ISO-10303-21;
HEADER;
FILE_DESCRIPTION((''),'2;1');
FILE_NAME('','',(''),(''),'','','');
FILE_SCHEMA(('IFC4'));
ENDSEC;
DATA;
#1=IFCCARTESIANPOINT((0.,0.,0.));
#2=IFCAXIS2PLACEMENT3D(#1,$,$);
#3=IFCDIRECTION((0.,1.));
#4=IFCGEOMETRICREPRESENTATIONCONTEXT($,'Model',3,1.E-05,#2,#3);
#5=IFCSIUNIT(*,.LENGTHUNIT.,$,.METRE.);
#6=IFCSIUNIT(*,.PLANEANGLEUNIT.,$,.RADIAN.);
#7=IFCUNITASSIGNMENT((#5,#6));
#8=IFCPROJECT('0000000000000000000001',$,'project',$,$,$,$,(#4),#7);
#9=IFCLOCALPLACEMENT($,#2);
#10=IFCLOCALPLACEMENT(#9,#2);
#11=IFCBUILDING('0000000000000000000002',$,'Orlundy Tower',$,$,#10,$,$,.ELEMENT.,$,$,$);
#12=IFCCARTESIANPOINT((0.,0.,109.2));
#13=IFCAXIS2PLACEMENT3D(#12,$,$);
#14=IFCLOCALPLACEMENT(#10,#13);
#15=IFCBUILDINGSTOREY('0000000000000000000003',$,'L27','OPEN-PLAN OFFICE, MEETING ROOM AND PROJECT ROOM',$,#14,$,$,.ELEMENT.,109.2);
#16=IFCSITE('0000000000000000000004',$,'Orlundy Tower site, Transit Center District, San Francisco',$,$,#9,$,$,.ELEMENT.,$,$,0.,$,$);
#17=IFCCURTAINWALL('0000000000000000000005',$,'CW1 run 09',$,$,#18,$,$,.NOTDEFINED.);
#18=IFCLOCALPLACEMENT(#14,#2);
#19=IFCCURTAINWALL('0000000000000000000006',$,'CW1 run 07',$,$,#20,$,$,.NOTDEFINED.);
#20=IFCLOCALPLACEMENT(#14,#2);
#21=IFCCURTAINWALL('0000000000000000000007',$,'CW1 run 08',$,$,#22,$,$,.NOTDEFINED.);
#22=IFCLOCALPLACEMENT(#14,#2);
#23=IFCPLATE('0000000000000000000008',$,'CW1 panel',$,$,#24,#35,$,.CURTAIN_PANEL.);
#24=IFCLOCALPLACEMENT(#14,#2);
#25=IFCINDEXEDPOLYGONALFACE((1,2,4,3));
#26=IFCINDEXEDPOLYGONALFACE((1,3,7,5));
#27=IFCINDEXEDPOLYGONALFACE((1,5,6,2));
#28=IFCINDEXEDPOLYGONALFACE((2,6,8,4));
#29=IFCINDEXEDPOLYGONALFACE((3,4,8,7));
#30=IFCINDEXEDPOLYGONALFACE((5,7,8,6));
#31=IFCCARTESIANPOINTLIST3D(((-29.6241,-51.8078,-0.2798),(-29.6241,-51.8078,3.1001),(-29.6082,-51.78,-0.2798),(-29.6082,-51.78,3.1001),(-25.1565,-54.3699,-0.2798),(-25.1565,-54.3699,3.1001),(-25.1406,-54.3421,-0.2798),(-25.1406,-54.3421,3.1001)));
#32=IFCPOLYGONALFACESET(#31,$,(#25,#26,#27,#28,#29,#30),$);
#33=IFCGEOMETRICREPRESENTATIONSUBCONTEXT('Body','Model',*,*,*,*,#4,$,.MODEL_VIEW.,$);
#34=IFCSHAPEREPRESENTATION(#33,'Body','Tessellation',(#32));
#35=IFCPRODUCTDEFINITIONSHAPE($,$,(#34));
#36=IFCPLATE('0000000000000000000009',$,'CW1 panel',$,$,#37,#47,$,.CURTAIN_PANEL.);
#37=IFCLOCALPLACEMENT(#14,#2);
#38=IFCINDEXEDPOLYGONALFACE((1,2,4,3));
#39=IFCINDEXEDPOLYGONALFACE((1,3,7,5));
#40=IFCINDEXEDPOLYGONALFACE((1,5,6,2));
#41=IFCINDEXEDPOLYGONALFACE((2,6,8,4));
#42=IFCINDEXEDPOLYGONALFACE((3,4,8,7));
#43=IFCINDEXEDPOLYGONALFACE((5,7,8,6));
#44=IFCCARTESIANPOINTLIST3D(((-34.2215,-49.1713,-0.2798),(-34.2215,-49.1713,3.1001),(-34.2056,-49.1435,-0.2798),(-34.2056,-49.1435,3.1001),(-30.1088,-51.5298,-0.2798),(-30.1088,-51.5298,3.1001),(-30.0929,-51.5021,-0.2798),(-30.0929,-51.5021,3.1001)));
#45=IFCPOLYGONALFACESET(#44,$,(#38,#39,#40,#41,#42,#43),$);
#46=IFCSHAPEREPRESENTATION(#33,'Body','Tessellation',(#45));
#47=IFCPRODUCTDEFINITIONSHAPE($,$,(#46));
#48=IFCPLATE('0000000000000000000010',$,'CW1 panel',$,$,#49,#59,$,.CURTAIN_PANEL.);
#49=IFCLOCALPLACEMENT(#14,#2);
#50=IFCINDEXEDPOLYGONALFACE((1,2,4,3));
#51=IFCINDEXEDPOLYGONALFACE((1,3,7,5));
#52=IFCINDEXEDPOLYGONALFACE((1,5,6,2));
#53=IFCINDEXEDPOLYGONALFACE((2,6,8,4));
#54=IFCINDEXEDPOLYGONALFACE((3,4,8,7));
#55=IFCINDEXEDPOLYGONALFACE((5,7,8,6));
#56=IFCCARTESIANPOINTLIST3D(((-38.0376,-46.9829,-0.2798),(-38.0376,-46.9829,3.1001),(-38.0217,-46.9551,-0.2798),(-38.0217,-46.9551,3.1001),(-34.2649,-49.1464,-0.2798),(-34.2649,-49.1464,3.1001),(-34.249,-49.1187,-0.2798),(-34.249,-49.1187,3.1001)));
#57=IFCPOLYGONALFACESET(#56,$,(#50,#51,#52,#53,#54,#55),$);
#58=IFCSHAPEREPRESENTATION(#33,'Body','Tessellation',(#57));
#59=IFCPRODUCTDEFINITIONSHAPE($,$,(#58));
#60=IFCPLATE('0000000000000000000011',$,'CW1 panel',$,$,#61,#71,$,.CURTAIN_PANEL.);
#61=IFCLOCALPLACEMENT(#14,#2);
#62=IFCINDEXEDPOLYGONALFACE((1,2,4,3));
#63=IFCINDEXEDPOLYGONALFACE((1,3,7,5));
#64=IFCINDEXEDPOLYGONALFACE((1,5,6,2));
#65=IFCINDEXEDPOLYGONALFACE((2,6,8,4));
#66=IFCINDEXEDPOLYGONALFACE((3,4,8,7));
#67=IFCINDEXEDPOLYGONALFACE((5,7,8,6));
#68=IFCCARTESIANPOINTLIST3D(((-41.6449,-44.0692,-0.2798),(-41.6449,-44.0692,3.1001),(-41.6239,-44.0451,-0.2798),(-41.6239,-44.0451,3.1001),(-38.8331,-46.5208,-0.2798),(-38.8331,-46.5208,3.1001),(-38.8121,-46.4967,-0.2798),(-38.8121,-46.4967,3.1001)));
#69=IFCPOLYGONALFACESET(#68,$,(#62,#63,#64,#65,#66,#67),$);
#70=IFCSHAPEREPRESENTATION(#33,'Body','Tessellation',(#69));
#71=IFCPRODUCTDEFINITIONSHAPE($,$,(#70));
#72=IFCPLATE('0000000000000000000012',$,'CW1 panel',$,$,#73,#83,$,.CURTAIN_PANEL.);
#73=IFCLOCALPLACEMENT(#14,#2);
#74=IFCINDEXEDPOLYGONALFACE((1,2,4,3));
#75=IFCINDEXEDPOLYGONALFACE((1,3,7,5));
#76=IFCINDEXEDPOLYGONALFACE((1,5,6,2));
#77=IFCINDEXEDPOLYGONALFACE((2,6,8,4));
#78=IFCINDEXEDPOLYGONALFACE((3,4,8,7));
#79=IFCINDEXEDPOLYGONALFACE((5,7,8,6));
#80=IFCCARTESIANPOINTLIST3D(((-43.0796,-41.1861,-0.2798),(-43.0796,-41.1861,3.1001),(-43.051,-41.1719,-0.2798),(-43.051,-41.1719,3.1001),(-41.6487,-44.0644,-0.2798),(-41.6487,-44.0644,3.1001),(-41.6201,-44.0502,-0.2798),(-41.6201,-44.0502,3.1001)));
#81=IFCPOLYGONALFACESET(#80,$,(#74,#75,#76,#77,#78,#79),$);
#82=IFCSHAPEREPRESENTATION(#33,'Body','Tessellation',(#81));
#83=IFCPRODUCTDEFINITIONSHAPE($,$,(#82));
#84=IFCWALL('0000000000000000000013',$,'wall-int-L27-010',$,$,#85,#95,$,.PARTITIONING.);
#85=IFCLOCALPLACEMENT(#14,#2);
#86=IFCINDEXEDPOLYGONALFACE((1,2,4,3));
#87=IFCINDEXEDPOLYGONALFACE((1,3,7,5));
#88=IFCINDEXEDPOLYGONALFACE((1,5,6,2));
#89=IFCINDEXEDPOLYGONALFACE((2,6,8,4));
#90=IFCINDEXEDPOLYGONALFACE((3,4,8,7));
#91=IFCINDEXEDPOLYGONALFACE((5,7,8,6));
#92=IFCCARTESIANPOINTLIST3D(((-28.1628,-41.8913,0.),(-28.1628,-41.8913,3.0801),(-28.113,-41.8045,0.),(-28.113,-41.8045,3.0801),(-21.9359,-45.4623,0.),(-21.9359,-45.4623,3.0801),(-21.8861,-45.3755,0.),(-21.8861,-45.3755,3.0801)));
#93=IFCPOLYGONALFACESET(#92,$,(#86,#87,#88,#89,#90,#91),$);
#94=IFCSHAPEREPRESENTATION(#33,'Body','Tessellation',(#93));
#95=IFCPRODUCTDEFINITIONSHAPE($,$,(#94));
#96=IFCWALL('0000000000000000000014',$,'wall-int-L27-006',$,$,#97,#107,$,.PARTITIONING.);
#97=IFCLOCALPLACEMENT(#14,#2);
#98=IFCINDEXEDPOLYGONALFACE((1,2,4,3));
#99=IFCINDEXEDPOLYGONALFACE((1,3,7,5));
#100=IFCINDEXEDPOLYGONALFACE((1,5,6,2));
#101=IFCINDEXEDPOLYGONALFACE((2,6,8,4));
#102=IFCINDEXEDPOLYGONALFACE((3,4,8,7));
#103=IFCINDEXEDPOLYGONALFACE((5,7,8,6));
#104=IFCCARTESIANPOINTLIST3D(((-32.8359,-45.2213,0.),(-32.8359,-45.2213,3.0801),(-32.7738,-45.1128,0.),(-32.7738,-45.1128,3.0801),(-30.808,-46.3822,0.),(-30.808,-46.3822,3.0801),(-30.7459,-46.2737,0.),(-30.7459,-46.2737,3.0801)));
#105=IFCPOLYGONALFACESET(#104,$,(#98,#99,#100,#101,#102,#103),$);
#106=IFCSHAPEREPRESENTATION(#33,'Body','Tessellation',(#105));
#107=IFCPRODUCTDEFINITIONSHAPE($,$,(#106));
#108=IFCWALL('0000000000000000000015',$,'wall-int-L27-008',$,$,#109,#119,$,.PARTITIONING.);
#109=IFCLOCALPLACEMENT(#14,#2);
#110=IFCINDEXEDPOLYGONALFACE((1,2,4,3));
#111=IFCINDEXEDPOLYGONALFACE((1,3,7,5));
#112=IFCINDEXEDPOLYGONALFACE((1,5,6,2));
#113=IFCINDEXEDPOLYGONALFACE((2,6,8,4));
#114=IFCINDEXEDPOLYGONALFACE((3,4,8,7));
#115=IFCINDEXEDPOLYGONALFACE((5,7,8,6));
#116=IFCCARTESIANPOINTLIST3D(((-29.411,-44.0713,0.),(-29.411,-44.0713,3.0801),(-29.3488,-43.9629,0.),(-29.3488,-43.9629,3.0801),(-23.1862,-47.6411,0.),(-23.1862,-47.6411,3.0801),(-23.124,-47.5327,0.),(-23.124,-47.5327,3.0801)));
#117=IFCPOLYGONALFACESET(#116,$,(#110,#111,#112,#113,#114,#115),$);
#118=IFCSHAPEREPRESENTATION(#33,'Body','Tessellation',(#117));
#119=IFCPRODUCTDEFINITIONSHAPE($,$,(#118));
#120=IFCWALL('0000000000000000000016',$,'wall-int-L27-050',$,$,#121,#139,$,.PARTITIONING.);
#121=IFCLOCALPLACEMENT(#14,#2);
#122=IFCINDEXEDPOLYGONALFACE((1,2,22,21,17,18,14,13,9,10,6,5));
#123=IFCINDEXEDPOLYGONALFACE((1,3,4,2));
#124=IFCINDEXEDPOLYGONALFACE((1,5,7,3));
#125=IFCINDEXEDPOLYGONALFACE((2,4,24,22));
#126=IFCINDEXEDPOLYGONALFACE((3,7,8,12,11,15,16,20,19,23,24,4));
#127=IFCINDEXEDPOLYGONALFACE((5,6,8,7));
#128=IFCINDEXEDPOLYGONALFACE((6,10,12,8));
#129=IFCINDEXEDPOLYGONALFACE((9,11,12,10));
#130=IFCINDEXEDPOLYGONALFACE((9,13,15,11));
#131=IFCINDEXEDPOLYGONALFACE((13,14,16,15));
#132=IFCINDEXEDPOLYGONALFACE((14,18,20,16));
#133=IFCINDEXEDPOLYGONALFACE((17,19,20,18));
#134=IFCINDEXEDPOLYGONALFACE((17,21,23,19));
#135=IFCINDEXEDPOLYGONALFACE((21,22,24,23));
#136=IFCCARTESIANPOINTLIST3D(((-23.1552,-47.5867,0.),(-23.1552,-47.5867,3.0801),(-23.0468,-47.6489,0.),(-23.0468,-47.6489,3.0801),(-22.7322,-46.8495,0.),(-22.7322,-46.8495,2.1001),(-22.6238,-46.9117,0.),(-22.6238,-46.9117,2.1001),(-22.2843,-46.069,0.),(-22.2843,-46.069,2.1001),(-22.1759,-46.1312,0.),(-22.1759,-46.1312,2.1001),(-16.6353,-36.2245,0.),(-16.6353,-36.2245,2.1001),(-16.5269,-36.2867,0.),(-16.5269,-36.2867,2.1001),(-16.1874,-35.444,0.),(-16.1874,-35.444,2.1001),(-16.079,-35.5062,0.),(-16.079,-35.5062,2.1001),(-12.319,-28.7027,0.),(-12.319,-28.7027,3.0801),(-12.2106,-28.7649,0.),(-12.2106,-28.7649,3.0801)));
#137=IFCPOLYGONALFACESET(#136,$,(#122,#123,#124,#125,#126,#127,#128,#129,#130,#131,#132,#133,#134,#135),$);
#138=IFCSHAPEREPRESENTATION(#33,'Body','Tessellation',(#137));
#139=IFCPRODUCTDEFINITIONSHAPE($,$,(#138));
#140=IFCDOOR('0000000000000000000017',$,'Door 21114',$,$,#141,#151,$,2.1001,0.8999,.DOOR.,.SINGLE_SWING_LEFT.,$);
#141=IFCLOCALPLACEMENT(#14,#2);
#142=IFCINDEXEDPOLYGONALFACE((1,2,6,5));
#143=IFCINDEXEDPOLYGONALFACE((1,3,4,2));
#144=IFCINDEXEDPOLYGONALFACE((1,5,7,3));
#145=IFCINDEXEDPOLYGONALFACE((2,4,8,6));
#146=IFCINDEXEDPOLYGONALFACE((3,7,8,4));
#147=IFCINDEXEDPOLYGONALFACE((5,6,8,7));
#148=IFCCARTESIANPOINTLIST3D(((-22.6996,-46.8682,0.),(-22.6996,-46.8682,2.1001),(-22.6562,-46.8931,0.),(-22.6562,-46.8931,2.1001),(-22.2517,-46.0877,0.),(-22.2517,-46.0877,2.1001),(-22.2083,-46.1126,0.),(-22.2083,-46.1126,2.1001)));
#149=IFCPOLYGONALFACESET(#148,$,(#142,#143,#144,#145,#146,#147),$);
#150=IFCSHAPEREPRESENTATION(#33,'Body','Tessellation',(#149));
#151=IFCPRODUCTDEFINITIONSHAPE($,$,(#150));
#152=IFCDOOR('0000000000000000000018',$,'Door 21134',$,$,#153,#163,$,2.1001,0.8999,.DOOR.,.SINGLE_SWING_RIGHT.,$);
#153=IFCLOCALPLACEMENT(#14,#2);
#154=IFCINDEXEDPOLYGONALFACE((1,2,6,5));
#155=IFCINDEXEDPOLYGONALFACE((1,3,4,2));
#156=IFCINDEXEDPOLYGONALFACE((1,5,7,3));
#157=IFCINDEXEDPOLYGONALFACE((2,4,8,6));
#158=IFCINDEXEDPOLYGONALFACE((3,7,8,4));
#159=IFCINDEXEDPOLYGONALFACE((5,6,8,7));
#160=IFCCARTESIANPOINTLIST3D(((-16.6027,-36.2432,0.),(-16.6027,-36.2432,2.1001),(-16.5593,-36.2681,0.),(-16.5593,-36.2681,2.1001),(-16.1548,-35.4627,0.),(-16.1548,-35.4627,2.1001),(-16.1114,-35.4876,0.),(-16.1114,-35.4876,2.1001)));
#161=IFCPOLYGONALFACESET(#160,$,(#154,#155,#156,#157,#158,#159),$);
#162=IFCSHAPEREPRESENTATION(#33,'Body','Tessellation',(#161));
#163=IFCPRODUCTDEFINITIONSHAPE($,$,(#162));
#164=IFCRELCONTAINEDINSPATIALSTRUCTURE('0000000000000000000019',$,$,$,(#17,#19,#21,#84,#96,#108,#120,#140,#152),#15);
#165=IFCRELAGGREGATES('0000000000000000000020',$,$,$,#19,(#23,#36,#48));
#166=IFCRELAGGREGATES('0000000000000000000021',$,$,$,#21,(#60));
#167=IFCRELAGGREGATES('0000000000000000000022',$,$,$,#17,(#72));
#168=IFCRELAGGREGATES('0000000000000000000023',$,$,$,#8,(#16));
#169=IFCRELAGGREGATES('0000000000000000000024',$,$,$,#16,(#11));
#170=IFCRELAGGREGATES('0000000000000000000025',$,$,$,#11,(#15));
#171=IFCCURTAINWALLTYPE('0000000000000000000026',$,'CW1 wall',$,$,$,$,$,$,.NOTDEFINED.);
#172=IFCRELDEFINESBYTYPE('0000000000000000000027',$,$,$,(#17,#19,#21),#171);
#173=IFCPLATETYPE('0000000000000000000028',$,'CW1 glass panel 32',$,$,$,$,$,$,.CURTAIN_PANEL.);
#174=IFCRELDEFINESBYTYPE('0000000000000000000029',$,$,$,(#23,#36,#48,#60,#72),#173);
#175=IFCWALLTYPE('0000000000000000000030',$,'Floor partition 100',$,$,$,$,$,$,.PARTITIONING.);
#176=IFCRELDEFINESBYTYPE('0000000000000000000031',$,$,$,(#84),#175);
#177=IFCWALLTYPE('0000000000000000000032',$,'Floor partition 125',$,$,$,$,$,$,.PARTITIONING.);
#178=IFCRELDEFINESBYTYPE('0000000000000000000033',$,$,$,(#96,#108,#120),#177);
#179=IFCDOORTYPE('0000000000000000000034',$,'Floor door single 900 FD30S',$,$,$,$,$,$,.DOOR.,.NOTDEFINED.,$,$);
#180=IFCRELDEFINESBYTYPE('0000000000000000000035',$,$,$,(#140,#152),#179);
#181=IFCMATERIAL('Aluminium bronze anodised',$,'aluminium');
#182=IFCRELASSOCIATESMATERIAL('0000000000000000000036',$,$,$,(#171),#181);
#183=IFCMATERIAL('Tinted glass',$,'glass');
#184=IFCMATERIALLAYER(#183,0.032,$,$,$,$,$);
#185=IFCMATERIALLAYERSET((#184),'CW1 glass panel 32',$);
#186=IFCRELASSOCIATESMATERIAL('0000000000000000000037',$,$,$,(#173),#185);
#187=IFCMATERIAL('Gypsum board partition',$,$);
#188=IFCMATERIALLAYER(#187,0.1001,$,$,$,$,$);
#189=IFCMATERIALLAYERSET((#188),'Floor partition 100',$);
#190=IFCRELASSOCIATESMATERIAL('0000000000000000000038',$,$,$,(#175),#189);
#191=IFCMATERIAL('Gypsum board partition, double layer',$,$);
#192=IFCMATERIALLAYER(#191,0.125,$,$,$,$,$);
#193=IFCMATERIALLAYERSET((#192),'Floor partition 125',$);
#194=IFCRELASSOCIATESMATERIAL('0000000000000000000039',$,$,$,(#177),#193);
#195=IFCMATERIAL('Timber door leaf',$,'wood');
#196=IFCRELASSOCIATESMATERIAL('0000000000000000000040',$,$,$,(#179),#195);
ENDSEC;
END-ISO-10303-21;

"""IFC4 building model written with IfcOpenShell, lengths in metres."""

from ifc_helpers import new_model, si_unit, direction, frame, frame_2d, origin, origin_2d, place, context, subcontext, project, spatial, rectangle, extrude, material, layer, layer_set, type_object, element, fill, aggregate, save


model = new_model("IFC4")

# Units and contexts
model_context = context("Model", 3, precision=1e-05, world=origin(), true_north=direction((0.0, 1.0)))
body_context = subcontext(model_context, "Body", "Model", "MODEL_VIEW")
ifc_project = project(units=[si_unit("LENGTHUNIT", "METRE"), si_unit("PLANEANGLEUNIT", "RADIAN")], contexts=[model_context])

# Site, building, storey
site_placement = place(None, origin())
site = spatial("IfcSite", under=ifc_project, at=site_placement, Name="Orlundy Tower site, Transit Center District, San Francisco", CompositionType="ELEMENT", RefElevation=0.0)
building_placement = place(site_placement, origin())
building = spatial("IfcBuilding", under=site, at=building_placement, Name="Orlundy Tower", CompositionType="ELEMENT")
storey_placement = place(building_placement, frame((0.0, 0.0, 109.2)))
storey = spatial("IfcBuildingStorey", under=building, at=storey_placement, Name="L27", Description="OPEN-PLAN OFFICE, MEETING ROOM AND PROJECT ROOM", CompositionType="ELEMENT", Elevation=109.2)

# Curtain wall
ifc_material_1 = material(Name="Aluminium bronze anodised", Category="aluminium")
curtain_wall_type = type_object("IfcCurtainWallType", Name="CW1 wall", PredefinedType="NOTDEFINED", material=ifc_material_1)
curtain_wall_1_placement = place(storey_placement, origin())
curtain_wall_1 = element("IfcCurtainWall", 1, at=curtain_wall_1_placement, inside=storey, type_object=curtain_wall_type, Name="CW1 run 09", PredefinedType="NOTDEFINED")

# Curtain wall
curtain_wall_2_placement = place(storey_placement, origin())
curtain_wall_2 = element("IfcCurtainWall", 2, at=curtain_wall_2_placement, inside=storey, type_object=curtain_wall_type, Name="CW1 run 07", PredefinedType="NOTDEFINED")

# Curtain wall
curtain_wall_3_placement = place(storey_placement, origin())
curtain_wall_3 = element("IfcCurtainWall", 3, at=curtain_wall_3_placement, inside=storey, type_object=curtain_wall_type, Name="CW1 run 08", PredefinedType="NOTDEFINED")

# Plates
ifc_material_2 = material(Name="Tinted glass", Category="glass")
ifc_layer_1 = layer(ifc_material_2, 0.032)
ifc_layer_set_1 = layer_set([ifc_layer_1], Name="CW1 glass panel 32")
plate_type = type_object("IfcPlateType", Name="CW1 glass panel 32", PredefinedType="CURTAIN_PANEL", material=ifc_layer_set_1)
plate_1_placement = place(storey_placement, frame((-27.3823, -53.075, -0.2798), z_axis=(0.0, 0.0, 1.0), x_axis=(-0.867477, 0.497477, 0.0)))
plate_1 = element("IfcPlate", 4, at=plate_1_placement, type_object=plate_type, Name="CW1 panel", PredefinedType="CURTAIN_PANEL", context=body_context, shape_type="SweptSolid", body=[
    extrude(rectangle(XDim=5.1501, YDim=0.032, at=origin_2d()), origin(), (0.0, 0.0, 1.0), 3.3799),
])
plate_2_placement = place(storey_placement, frame((-32.1572, -50.3367, -0.2798), z_axis=(0.0, 0.0, 1.0), x_axis=(-0.867477, 0.497477, 0.0)))
plate_2 = element("IfcPlate", 5, at=plate_2_placement, type_object=plate_type, Name="CW1 panel", PredefinedType="CURTAIN_PANEL", context=body_context, shape_type="SweptSolid", body=[
    extrude(rectangle(XDim=4.741, YDim=0.032, at=origin_2d()), origin(), (0.0, 0.0, 1.0), 3.3799),
])
plate_3_placement = place(storey_placement, frame((-36.1433, -48.0508, -0.2798), z_axis=(0.0, 0.0, 1.0), x_axis=(-0.867477, 0.497477, 0.0)))
plate_3 = element("IfcPlate", 6, at=plate_3_placement, type_object=plate_type, Name="CW1 panel", PredefinedType="CURTAIN_PANEL", context=body_context, shape_type="SweptSolid", body=[
    extrude(rectangle(XDim=4.3491, YDim=0.032, at=origin_2d()), origin(), (0.0, 0.0, 1.0), 3.3799),
])
aggregate(curtain_wall_2, [plate_1, plate_2, plate_3])
plate_4_placement = place(storey_placement, frame((-40.2285, -45.283, -0.2798), z_axis=(0.0, 0.0, 1.0), x_axis=(-0.753745, 0.657167, 0.0)))
plate_4 = element("IfcPlate", 7, at=plate_4_placement, type_object=plate_type, Name="CW1 panel", PredefinedType="CURTAIN_PANEL", context=body_context, shape_type="SweptSolid", body=[
    extrude(rectangle(XDim=3.7305, YDim=0.032, at=origin_2d()), origin(), (0.0, 0.0, 1.0), 3.3799),
])
aggregate(curtain_wall_3, [plate_4])
plate_5_placement = place(storey_placement, frame((-42.3499, -42.6182, -0.2798), z_axis=(0.0, 0.0, 1.0), x_axis=(-0.445162, 0.89545, 0.0)))
plate_5 = element("IfcPlate", 8, at=plate_5_placement, type_object=plate_type, Name="CW1 panel", PredefinedType="CURTAIN_PANEL", context=body_context, shape_type="SweptSolid", body=[
    extrude(rectangle(XDim=3.2144, YDim=0.032, at=origin_2d()), origin(), (0.0, 0.0, 1.0), 3.3799),
])
aggregate(curtain_wall_1, [plate_5])

# Walls
ifc_material_3 = material(Name="Gypsum board partition")
ifc_layer_2 = layer(ifc_material_3, 0.1001)
ifc_layer_set_2 = layer_set([ifc_layer_2], Name="Floor partition 100")
wall_type_1 = type_object("IfcWallType", Name="Floor partition 100", PredefinedType="PARTITIONING", material=ifc_layer_set_2)
wall_1_placement = place(storey_placement, frame((-28.1379, -41.8479, 0.0), z_axis=(0.0, 0.0, 1.0), x_axis=(0.867478, -0.497475, 0.0)))
element("IfcWall", 9, at=wall_1_placement, inside=storey, type_object=wall_type_1, Name="wall-int-L27-010", PredefinedType="PARTITIONING", context=body_context, shape_type="SweptSolid", body=[
    extrude(rectangle(XDim=7.1782, YDim=0.1001, at=frame_2d((3.5891, 0.0))), origin(), (0.0, 0.0, 1.0), 3.0801),
])
ifc_material_4 = material(Name="Gypsum board partition, double layer")
ifc_layer_3 = layer(ifc_material_4, 0.125)
ifc_layer_set_3 = layer_set([ifc_layer_3], Name="Floor partition 125")
wall_type_2 = type_object("IfcWallType", Name="Floor partition 125", PredefinedType="PARTITIONING", material=ifc_layer_set_3)
wall_2_placement = place(storey_placement, frame((-32.8049, -45.167, 0.0), z_axis=(0.0, 0.0, 1.0), x_axis=(0.867851, -0.496825, 0.0)))
element("IfcWall", 10, at=wall_2_placement, inside=storey, type_object=wall_type_2, Name="wall-int-L27-006", PredefinedType="PARTITIONING", context=body_context, shape_type="SweptSolid", body=[
    extrude(rectangle(XDim=2.3367, YDim=0.125, at=frame_2d((1.1685, 0.0))), origin(), (0.0, 0.0, 1.0), 3.0801),
])
wall_3_placement = place(storey_placement, frame((-29.3799, -44.0171, 0.0), z_axis=(0.0, 0.0, 1.0), x_axis=(0.867476, -0.497479, 0.0)))
element("IfcWall", 11, at=wall_3_placement, inside=storey, type_object=wall_type_2, Name="wall-int-L27-008", PredefinedType="PARTITIONING", context=body_context, shape_type="SweptSolid", body=[
    extrude(rectangle(XDim=7.1758, YDim=0.125, at=frame_2d((3.5879, 0.0))), origin(), (0.0, 0.0, 1.0), 3.0801),
])

# Wall, openings, doors
wall_4_placement = place(storey_placement, frame((-23.1011, -47.6179, 0.0), z_axis=(0.0, 0.0, 1.0), x_axis=(0.497707, 0.867345, 0.0)))
wall_4 = element("IfcWall", 12, at=wall_4_placement, inside=storey, type_object=wall_type_2, Name="wall-int-L27-050", PredefinedType="PARTITIONING", context=body_context, shape_type="SweptSolid", body=[
    extrude(rectangle(XDim=21.7722, YDim=0.125, at=frame_2d((10.8862, 0.0))), origin(), (0.0, 0.0, 1.0), 3.0801),
])
opening_1_placement = place(wall_4_placement, frame((0.8501, 0.0, 0.0)))
opening_1 = element("IfcOpeningElement", 13, at=opening_1_placement, cuts=wall_4, PredefinedType="OPENING", context=body_context, shape_type="SweptSolid", body=[
    extrude(rectangle(XDim=0.8999, YDim=2.1001, at=frame_2d((0.45, 1.05))), frame((0.0, 0.0725, 0.0), z_axis=(0.0, -1.0, 0.0), x_axis=(1.0, 0.0, 0.0)), (0.0, 0.0, 1.0), 0.145),
])
opening_2_placement = place(wall_4_placement, frame((13.1001, 0.0, 0.0)))
opening_2 = element("IfcOpeningElement", 14, at=opening_2_placement, cuts=wall_4, PredefinedType="OPENING", context=body_context, shape_type="SweptSolid", body=[
    extrude(rectangle(XDim=0.8999, YDim=2.1001, at=frame_2d((0.45, 1.05))), frame((0.0, 0.0725, 0.0), z_axis=(0.0, -1.0, 0.0), x_axis=(1.0, 0.0, 0.0)), (0.0, 0.0, 1.0), 0.145),
])
ifc_material_5 = material(Name="Timber door leaf", Category="wood")
door_type_1 = type_object("IfcDoorType", Name="Floor door single 900 FD30S", OperationType="NOTDEFINED", PredefinedType="DOOR", material=ifc_material_5)
door_1_placement = place(opening_1_placement, origin())
door_1 = element("IfcDoor", 15, at=door_1_placement, inside=storey, type_object=door_type_1, Name="Door 21114", OperationType="SINGLE_SWING_LEFT", OverallHeight=2.1001, OverallWidth=0.8999, PredefinedType="DOOR", context=body_context, shape_type="SweptSolid", body=[
    extrude(rectangle(XDim=0.8999, YDim=2.1001, at=frame_2d((0.45, 1.05))), frame((0.0, 0.0249, 0.0), z_axis=(0.0, -1.0, 0.0), x_axis=(1.0, 0.0, 0.0)), (0.0, 0.0, 1.0), 0.05),
])
fill(opening_1, door_1)
door_2_placement = place(opening_2_placement, origin())
door_2 = element("IfcDoor", 16, at=door_2_placement, inside=storey, type_object=door_type_1, Name="Door 21134", OperationType="SINGLE_SWING_RIGHT", OverallHeight=2.1001, OverallWidth=0.8999, PredefinedType="DOOR", context=body_context, shape_type="SweptSolid", body=[
    extrude(rectangle(XDim=0.8999, YDim=2.1001, at=frame_2d((0.45, 1.05))), frame((0.0, 0.0249, 0.0), z_axis=(0.0, -1.0, 0.0), x_axis=(1.0, 0.0, 0.0)), (0.0, 0.0, 1.0), 0.05),
])
fill(opening_2, door_2)

save(model, "model.ifc")
